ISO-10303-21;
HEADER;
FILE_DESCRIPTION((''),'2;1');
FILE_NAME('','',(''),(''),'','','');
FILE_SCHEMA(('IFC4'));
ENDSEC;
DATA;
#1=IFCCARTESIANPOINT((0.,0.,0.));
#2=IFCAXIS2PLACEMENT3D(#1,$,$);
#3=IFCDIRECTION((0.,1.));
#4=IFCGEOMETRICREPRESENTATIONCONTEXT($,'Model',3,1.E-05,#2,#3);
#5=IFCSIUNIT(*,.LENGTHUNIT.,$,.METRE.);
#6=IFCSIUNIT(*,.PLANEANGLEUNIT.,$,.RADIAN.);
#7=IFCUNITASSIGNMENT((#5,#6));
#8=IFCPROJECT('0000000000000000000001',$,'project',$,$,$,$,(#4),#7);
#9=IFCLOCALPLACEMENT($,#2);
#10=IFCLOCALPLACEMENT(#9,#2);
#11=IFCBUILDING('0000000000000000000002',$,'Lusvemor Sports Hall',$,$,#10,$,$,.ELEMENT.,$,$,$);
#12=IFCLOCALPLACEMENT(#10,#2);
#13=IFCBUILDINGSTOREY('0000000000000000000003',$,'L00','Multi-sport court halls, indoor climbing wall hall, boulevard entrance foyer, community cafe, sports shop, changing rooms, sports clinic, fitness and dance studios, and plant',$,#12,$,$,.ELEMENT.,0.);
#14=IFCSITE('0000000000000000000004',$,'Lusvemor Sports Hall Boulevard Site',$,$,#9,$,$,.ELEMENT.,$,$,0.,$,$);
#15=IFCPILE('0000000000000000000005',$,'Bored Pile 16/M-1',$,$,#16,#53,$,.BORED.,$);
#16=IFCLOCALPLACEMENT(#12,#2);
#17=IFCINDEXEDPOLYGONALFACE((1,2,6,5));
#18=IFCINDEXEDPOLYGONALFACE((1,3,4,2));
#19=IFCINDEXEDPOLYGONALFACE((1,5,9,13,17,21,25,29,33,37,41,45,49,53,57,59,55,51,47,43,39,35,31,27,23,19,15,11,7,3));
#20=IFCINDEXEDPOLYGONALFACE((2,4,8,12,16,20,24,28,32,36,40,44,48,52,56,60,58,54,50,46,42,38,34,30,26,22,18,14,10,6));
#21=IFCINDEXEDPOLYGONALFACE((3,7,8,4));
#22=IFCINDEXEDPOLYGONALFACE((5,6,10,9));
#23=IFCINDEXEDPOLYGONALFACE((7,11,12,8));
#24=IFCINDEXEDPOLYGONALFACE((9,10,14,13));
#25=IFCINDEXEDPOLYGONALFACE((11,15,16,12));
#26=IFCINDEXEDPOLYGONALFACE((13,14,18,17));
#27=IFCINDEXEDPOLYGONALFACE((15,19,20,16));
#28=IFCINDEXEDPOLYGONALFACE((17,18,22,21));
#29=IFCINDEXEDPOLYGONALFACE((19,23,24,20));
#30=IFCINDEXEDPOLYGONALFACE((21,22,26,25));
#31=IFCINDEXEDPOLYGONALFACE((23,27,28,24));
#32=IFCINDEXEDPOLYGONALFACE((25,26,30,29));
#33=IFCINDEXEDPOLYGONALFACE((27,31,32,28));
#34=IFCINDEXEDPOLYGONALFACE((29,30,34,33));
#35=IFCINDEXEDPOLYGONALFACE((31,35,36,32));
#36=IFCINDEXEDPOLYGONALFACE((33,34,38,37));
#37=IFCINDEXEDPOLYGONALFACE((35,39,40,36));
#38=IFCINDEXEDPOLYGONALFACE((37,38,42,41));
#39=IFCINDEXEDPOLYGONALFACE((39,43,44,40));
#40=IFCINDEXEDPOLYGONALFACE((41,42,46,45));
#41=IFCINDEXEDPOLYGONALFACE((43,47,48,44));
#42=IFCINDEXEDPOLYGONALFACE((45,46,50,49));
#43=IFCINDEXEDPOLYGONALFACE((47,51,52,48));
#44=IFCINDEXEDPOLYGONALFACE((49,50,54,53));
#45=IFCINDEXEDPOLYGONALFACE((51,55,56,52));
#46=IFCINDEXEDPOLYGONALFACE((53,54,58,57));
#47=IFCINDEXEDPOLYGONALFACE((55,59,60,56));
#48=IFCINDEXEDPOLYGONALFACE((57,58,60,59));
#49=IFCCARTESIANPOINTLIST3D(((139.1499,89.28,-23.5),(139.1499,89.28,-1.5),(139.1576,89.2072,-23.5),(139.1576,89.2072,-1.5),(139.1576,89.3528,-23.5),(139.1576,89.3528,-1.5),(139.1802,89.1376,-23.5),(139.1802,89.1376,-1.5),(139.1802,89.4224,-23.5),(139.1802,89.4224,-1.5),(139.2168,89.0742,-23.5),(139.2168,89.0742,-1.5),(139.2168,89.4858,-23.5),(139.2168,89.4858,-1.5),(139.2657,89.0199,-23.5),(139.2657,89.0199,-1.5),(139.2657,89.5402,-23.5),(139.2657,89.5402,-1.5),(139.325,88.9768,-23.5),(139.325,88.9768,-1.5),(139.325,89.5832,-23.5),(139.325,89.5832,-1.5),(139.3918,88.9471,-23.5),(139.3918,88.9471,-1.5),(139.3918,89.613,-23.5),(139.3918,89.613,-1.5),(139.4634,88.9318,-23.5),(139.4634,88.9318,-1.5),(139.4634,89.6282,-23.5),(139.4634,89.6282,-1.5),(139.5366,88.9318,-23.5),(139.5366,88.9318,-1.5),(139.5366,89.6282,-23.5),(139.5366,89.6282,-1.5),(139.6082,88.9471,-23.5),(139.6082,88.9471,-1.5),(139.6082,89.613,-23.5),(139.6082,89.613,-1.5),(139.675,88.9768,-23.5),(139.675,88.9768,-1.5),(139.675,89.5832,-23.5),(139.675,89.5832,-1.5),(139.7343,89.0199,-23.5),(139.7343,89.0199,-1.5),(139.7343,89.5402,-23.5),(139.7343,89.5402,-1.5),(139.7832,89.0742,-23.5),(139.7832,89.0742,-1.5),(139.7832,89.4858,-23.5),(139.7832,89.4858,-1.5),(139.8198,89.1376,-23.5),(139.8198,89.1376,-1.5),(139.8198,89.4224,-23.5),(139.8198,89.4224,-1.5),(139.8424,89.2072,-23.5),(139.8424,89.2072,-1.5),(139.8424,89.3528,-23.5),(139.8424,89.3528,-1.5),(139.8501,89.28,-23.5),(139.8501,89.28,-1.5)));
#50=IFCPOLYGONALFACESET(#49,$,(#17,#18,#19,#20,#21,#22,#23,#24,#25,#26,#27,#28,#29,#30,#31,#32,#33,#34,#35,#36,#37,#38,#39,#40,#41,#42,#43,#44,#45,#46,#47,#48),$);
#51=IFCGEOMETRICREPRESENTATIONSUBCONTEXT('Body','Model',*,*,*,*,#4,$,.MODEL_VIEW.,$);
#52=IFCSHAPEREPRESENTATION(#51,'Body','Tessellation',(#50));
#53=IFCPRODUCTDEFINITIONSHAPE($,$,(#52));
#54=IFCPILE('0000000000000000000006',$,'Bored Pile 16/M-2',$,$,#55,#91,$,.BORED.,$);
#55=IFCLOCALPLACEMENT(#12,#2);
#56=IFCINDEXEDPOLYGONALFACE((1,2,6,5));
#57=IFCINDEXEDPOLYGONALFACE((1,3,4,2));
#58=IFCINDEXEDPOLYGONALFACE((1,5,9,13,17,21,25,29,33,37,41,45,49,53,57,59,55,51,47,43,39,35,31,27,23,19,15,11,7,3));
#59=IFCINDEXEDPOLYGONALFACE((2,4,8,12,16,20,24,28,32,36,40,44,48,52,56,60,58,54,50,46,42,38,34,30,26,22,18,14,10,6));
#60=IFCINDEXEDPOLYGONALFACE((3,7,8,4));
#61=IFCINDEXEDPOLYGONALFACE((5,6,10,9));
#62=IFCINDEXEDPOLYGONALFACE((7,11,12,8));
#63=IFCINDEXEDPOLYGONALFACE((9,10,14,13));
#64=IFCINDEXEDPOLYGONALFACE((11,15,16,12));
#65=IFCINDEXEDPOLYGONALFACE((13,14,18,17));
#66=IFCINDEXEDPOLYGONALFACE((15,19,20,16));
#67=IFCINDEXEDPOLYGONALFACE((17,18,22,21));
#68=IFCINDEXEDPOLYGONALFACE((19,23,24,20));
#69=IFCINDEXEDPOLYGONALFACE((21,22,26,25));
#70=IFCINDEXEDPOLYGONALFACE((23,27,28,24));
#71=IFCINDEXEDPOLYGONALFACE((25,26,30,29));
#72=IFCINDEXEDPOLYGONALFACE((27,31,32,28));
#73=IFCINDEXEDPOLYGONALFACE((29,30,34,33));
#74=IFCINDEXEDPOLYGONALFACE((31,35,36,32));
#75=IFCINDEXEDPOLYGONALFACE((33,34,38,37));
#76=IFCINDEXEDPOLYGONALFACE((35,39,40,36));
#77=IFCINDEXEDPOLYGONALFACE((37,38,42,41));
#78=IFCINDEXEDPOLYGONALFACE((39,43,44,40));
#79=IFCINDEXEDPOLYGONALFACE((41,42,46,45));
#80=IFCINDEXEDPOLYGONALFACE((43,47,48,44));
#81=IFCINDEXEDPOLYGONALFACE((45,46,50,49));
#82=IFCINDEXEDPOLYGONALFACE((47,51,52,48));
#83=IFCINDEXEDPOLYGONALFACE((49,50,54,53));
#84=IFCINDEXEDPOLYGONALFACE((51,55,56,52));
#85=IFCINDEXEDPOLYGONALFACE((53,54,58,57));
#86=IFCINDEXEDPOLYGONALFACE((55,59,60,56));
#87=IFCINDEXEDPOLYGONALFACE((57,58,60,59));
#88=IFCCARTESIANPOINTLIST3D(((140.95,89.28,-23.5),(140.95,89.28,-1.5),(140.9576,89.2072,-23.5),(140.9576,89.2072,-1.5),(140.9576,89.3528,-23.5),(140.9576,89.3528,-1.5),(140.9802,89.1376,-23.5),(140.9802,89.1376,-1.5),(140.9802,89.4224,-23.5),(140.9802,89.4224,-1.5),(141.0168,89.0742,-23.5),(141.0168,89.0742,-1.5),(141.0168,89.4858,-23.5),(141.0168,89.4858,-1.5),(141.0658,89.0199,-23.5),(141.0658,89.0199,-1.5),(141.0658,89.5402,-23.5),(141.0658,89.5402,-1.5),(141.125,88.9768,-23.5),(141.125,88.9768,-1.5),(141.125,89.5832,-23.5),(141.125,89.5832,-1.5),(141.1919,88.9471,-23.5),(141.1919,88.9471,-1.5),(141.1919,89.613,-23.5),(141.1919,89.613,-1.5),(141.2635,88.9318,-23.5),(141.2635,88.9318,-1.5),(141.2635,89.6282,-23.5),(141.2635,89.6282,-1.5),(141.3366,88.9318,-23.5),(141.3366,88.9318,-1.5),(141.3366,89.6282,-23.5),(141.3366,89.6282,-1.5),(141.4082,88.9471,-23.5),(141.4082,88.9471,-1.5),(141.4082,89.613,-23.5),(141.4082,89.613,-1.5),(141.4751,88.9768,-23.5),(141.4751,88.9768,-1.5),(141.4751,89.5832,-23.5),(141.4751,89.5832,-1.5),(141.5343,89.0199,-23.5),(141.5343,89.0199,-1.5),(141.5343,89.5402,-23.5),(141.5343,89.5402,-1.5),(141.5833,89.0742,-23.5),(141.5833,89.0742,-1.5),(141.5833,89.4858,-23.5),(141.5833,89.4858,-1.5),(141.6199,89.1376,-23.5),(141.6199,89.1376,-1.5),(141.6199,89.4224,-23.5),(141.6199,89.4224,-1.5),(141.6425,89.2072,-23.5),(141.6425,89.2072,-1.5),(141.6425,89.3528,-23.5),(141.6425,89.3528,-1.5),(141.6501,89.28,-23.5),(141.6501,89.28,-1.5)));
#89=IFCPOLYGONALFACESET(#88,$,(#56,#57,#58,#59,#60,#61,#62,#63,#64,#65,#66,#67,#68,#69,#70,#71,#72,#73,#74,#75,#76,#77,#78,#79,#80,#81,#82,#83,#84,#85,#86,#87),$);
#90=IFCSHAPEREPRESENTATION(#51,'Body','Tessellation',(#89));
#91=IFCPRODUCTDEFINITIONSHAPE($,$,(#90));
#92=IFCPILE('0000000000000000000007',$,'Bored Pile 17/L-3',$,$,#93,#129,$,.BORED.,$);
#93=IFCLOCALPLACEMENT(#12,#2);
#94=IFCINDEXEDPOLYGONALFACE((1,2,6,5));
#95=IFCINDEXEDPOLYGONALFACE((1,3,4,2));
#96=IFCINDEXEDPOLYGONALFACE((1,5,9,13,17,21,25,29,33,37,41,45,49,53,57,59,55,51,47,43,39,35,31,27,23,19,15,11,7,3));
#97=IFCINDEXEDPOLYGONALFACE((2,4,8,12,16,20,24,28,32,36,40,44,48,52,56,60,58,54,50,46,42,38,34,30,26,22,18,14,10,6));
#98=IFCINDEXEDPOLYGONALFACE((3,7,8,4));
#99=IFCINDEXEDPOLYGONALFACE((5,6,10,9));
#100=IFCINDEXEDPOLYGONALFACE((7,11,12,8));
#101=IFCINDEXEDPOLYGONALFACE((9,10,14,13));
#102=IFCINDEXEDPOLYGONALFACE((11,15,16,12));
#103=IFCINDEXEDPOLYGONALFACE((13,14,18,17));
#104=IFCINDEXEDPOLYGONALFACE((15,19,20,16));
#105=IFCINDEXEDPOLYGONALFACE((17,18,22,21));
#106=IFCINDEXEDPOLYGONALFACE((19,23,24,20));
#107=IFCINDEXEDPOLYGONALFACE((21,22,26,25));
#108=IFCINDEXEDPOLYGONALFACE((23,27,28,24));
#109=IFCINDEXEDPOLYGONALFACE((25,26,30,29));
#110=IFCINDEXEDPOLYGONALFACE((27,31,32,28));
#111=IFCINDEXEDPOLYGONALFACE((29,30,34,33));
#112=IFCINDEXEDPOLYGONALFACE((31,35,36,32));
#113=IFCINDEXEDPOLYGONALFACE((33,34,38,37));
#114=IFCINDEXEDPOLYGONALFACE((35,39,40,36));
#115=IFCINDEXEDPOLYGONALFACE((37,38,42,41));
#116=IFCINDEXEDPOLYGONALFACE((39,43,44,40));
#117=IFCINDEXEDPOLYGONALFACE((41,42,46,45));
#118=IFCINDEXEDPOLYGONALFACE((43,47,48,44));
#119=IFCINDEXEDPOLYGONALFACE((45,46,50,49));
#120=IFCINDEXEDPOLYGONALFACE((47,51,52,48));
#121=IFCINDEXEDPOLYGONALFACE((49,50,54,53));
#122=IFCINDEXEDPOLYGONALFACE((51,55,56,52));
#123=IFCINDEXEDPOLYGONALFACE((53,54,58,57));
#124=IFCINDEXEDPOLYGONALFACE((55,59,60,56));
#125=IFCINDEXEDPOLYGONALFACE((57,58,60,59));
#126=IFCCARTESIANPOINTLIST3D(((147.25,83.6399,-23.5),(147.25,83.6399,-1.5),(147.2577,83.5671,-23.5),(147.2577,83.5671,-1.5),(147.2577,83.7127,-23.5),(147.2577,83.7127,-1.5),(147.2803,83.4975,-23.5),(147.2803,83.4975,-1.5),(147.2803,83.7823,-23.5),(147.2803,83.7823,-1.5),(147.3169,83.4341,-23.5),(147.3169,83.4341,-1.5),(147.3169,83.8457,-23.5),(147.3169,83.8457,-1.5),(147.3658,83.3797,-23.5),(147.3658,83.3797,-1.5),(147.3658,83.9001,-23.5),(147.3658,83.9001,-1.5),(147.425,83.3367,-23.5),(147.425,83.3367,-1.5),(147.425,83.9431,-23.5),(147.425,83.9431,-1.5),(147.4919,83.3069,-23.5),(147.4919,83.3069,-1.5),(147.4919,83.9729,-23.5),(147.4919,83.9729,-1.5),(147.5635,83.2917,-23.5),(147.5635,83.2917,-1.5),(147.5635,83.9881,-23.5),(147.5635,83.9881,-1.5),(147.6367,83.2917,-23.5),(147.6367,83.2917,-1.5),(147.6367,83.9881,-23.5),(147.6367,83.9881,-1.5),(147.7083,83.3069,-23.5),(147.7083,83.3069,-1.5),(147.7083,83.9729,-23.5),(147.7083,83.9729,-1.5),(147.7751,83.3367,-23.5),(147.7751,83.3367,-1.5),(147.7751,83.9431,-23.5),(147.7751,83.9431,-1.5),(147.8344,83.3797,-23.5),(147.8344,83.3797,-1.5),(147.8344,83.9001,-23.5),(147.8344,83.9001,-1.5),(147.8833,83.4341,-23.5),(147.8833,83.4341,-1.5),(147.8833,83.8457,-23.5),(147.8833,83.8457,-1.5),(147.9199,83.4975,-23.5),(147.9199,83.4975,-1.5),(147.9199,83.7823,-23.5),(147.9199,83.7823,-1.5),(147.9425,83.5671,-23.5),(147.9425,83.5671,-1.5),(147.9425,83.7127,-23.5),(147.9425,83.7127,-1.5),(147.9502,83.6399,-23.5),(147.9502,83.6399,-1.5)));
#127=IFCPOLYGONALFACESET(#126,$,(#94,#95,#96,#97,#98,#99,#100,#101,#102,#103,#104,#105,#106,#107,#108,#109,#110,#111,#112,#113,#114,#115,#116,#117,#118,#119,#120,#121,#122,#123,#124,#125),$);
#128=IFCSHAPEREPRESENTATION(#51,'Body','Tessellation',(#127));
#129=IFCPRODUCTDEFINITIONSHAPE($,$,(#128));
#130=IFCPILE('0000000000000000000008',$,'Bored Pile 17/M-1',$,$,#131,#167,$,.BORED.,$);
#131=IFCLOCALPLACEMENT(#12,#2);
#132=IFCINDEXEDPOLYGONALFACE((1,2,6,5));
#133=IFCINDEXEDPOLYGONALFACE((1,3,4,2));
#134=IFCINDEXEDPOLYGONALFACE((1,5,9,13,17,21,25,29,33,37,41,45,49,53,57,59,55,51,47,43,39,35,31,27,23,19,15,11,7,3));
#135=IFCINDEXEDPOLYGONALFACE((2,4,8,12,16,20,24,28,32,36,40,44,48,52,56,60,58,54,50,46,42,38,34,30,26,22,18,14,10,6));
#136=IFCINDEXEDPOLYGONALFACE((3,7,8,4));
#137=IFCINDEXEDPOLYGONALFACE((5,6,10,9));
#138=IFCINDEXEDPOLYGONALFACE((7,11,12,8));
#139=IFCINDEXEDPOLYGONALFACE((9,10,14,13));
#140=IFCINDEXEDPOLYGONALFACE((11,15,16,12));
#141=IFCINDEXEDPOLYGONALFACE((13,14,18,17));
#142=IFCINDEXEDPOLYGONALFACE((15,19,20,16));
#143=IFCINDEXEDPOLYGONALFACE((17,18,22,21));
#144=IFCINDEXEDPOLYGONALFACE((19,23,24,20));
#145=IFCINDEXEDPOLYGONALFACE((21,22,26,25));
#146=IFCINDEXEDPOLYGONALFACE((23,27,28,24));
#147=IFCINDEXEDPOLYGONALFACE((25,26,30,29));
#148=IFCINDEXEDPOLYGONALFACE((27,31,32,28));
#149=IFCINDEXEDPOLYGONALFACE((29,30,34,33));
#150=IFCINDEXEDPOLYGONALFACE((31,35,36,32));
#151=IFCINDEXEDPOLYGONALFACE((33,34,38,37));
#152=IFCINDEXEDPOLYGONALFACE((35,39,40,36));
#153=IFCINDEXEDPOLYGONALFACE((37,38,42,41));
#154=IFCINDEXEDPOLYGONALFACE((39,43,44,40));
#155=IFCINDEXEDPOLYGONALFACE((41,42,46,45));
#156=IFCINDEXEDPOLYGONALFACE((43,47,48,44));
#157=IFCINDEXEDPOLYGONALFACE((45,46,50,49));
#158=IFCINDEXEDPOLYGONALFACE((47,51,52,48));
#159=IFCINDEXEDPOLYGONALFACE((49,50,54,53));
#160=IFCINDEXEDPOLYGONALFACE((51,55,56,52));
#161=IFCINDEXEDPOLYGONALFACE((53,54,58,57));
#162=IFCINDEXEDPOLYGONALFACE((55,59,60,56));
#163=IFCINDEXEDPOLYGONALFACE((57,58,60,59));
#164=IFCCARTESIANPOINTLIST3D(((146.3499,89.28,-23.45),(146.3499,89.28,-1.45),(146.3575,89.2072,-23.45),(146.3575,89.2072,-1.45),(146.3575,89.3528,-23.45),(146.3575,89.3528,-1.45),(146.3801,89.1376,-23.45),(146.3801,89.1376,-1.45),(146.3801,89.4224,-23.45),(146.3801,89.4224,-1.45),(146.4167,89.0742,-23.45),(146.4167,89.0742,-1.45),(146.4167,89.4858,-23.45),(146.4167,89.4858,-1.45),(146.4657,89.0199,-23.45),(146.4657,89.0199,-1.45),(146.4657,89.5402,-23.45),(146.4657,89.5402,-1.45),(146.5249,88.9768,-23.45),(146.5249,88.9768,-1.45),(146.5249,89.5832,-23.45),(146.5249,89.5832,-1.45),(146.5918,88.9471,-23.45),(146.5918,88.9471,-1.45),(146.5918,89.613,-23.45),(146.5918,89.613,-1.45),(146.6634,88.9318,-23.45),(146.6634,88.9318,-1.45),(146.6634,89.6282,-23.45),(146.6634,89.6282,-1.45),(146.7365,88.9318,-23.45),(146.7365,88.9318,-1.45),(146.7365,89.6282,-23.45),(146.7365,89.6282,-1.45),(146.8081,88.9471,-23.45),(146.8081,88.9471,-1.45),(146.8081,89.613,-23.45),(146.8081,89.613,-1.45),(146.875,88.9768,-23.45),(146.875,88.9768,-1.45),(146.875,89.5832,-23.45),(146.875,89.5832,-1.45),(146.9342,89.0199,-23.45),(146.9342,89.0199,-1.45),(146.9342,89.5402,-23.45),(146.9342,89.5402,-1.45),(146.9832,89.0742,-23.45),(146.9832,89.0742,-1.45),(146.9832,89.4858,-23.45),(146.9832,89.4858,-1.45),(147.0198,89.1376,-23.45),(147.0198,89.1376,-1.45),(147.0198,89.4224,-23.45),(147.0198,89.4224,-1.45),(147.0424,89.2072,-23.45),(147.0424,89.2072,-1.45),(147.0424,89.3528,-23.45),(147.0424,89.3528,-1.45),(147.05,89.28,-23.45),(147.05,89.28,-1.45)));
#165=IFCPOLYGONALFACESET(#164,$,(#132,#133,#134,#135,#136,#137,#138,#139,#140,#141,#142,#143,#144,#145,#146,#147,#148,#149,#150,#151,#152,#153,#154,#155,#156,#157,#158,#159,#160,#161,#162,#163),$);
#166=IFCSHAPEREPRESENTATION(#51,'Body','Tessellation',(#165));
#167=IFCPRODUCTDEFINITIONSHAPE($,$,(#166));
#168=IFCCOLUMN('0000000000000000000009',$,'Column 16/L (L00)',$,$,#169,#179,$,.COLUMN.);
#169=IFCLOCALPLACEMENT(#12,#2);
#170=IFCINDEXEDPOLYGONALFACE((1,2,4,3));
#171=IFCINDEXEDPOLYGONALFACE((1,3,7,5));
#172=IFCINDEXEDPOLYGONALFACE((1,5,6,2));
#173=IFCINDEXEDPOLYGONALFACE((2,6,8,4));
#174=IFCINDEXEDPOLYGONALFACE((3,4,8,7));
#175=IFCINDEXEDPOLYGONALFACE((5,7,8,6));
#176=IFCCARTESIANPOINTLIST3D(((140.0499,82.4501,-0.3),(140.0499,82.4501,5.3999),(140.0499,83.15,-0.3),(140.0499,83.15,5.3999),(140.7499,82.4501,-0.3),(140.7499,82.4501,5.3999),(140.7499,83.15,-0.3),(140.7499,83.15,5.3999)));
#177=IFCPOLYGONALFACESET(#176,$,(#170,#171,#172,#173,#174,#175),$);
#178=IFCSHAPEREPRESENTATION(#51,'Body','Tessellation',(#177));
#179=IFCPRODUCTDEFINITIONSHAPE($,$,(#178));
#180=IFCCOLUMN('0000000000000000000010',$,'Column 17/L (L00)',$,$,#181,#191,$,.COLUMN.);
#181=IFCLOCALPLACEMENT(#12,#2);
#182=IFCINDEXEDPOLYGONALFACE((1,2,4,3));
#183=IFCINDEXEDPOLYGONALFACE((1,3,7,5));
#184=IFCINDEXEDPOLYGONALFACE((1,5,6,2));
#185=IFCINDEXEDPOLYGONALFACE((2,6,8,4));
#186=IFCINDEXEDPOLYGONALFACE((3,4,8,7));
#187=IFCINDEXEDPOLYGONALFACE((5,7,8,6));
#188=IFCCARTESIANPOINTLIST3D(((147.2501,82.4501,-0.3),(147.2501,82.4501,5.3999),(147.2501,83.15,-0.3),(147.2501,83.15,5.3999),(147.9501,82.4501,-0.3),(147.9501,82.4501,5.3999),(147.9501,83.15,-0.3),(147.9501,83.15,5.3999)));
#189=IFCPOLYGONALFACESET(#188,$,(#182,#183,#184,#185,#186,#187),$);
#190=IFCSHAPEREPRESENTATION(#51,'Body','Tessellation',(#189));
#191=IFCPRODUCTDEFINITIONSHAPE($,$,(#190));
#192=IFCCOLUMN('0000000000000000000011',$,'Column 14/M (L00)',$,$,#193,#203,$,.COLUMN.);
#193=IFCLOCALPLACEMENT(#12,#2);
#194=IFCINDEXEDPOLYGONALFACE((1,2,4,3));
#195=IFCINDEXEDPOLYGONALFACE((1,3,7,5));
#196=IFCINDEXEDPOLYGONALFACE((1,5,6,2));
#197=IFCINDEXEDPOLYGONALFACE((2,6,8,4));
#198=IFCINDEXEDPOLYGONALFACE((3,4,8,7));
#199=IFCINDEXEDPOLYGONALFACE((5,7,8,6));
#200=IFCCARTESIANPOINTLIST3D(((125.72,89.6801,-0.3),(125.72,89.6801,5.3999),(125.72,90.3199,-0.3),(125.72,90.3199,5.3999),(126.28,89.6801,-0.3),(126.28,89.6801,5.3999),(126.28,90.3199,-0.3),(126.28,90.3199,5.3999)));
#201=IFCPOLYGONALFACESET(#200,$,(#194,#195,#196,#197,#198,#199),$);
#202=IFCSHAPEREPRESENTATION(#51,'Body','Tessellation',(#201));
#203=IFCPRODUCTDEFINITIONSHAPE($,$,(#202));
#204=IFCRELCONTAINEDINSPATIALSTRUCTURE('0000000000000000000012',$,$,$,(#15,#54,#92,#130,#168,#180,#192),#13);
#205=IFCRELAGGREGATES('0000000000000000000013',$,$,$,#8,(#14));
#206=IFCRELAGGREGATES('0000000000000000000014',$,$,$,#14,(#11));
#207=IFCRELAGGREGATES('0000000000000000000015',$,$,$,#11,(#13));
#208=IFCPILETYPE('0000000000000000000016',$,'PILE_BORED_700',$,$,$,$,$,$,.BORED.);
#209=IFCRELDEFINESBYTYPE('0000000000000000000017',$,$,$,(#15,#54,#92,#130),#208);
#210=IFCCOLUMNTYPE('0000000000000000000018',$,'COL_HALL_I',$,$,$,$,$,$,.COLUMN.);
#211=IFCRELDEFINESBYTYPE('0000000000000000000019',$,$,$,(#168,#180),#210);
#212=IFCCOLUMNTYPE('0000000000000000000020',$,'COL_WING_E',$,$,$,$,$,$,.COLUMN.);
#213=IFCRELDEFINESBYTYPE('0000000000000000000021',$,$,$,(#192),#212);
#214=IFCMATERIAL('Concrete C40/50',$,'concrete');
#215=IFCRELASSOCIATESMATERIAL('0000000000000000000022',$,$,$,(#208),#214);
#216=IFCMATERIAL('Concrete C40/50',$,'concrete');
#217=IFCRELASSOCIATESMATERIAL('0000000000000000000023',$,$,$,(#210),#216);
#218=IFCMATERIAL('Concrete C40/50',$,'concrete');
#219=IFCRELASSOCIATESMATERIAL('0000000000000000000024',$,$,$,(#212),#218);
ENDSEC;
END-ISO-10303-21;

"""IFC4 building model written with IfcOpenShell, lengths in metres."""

from ifc_helpers import new_model, si_unit, direction, frame, origin, origin_2d, place, context, subcontext, project, spatial, rectangle, circle, extrude, material, material_profile, profile_set, type_object, element, save


model = new_model("IFC4")

# Units and contexts
model_context = context("Model", 3, precision=1e-05, world=origin(), true_north=direction((0.0, 1.0)))
body_context = subcontext(model_context, "Body", "Model", "MODEL_VIEW")
ifc_project = project(units=[si_unit("LENGTHUNIT", "METRE"), si_unit("PLANEANGLEUNIT", "RADIAN")], contexts=[model_context])

# Site, building, storey
site_placement = place(None, origin())
site = spatial("IfcSite", under=ifc_project, at=site_placement, Name="Lusvemor Sports Hall Boulevard Site", CompositionType="ELEMENT", RefElevation=0.0)
building_placement = place(site_placement, origin())
building = spatial("IfcBuilding", under=site, at=building_placement, Name="Lusvemor Sports Hall", CompositionType="ELEMENT")
storey_placement = place(building_placement, origin())
storey = spatial("IfcBuildingStorey", under=building, at=storey_placement, Name="L00", Description="Multi-sport court halls, indoor climbing wall hall, boulevard entrance foyer, community cafe, sports shop, changing rooms, sports clinic, fitness and dance studios, and plant", CompositionType="ELEMENT", Elevation=0.0)

# Piles
ifc_material_1 = material(Name="Concrete C40/50", Category="concrete")
ifc_material_profile_1 = material_profile(ifc_material_1, circle(Radius=0.3501, at=origin_2d()), Name="PILE700")
ifc_profile_set_1 = profile_set([ifc_material_profile_1], Name="Concrete C40/50")
pile_type = type_object("IfcPileType", Name="PILE_BORED_700", PredefinedType="BORED", material=ifc_profile_set_1)
for number, where, z_axis, x_axis, name in (
    (1, (139.5, 89.28, -1.5), (0.0, 0.0, -1.0), (1.0, 0.0, 0.0), "Bored Pile 16/M-1"),
    (2, (141.3, 89.28, -1.5), (0.0, 0.0, -1.0), (1.0, 0.0, 0.0), "Bored Pile 16/M-2"),
    (3, (147.6001, 83.6399, -1.5), (0.0, 0.0, -1.0), (1.0, 0.0, 0.0), "Bored Pile 17/L-3"),
    (4, (146.7, 89.28, -1.45), (0.0, 0.0, -1.0), (1.0, 0.0, 0.0), "Bored Pile 17/M-1"),
):
    element("IfcPile", number, at=place(storey_placement, frame(where, z_axis=z_axis, x_axis=x_axis)), inside=storey, type_object=pile_type, Name=name, PredefinedType="BORED", context=body_context, shape_type="SweptSolid", body=[
        extrude(circle(Radius=0.3501, at=origin_2d()), origin(), (0.0, 0.0, 1.0), 22.0),
    ])

# Columns
ifc_material_2 = material(Name="Concrete C40/50", Category="concrete")
ifc_material_profile_2 = material_profile(ifc_material_2, rectangle(XDim=0.7, YDim=0.7, at=origin_2d()), Name="RC700x700")
ifc_profile_set_2 = profile_set([ifc_material_profile_2], Name="Concrete C40/50")
column_type_1 = type_object("IfcColumnType", Name="COL_HALL_I", PredefinedType="COLUMN", material=ifc_profile_set_2)
for number, where, z_axis, x_axis, name in (
    (5, (140.3999, 82.8, -0.3), (0.0, 0.0, 1.0), (1.0, 0.0, 0.0), "Column 16/L (L00)"),
    (6, (147.6001, 82.8, -0.3), (0.0, 0.0, 1.0), (1.0, 0.0, 0.0), "Column 17/L (L00)"),
):
    element("IfcColumn", number, at=place(storey_placement, frame(where, z_axis=z_axis, x_axis=x_axis)), inside=storey, type_object=column_type_1, Name=name, PredefinedType="COLUMN", context=body_context, shape_type="SweptSolid", body=[
        extrude(rectangle(XDim=0.7, YDim=0.7, at=origin_2d()), origin(), (0.0, 0.0, 1.0), 5.7),
    ])
ifc_material_3 = material(Name="Concrete C40/50", Category="concrete")
ifc_material_profile_3 = material_profile(ifc_material_3, rectangle(XDim=0.5601, YDim=0.6399, at=origin_2d()), Name="RC560x640")
ifc_profile_set_3 = profile_set([ifc_material_profile_3], Name="Concrete C40/50")
column_type_2 = type_object("IfcColumnType", Name="COL_WING_E", PredefinedType="COLUMN", material=ifc_profile_set_3)
for number, where, z_axis, x_axis, name in (
    (7, (126.0, 90.0, -0.3), (0.0, 0.0, 1.0), (1.0, 0.0, 0.0), "Column 14/M (L00)"),
):
    element("IfcColumn", number, at=place(storey_placement, frame(where, z_axis=z_axis, x_axis=x_axis)), inside=storey, type_object=column_type_2, Name=name, PredefinedType="COLUMN", context=body_context, shape_type="SweptSolid", body=[
        extrude(rectangle(XDim=0.5601, YDim=0.6399, at=origin_2d()), origin(), (0.0, 0.0, 1.0), 5.7),
    ])

save(model, "model.ifc")
